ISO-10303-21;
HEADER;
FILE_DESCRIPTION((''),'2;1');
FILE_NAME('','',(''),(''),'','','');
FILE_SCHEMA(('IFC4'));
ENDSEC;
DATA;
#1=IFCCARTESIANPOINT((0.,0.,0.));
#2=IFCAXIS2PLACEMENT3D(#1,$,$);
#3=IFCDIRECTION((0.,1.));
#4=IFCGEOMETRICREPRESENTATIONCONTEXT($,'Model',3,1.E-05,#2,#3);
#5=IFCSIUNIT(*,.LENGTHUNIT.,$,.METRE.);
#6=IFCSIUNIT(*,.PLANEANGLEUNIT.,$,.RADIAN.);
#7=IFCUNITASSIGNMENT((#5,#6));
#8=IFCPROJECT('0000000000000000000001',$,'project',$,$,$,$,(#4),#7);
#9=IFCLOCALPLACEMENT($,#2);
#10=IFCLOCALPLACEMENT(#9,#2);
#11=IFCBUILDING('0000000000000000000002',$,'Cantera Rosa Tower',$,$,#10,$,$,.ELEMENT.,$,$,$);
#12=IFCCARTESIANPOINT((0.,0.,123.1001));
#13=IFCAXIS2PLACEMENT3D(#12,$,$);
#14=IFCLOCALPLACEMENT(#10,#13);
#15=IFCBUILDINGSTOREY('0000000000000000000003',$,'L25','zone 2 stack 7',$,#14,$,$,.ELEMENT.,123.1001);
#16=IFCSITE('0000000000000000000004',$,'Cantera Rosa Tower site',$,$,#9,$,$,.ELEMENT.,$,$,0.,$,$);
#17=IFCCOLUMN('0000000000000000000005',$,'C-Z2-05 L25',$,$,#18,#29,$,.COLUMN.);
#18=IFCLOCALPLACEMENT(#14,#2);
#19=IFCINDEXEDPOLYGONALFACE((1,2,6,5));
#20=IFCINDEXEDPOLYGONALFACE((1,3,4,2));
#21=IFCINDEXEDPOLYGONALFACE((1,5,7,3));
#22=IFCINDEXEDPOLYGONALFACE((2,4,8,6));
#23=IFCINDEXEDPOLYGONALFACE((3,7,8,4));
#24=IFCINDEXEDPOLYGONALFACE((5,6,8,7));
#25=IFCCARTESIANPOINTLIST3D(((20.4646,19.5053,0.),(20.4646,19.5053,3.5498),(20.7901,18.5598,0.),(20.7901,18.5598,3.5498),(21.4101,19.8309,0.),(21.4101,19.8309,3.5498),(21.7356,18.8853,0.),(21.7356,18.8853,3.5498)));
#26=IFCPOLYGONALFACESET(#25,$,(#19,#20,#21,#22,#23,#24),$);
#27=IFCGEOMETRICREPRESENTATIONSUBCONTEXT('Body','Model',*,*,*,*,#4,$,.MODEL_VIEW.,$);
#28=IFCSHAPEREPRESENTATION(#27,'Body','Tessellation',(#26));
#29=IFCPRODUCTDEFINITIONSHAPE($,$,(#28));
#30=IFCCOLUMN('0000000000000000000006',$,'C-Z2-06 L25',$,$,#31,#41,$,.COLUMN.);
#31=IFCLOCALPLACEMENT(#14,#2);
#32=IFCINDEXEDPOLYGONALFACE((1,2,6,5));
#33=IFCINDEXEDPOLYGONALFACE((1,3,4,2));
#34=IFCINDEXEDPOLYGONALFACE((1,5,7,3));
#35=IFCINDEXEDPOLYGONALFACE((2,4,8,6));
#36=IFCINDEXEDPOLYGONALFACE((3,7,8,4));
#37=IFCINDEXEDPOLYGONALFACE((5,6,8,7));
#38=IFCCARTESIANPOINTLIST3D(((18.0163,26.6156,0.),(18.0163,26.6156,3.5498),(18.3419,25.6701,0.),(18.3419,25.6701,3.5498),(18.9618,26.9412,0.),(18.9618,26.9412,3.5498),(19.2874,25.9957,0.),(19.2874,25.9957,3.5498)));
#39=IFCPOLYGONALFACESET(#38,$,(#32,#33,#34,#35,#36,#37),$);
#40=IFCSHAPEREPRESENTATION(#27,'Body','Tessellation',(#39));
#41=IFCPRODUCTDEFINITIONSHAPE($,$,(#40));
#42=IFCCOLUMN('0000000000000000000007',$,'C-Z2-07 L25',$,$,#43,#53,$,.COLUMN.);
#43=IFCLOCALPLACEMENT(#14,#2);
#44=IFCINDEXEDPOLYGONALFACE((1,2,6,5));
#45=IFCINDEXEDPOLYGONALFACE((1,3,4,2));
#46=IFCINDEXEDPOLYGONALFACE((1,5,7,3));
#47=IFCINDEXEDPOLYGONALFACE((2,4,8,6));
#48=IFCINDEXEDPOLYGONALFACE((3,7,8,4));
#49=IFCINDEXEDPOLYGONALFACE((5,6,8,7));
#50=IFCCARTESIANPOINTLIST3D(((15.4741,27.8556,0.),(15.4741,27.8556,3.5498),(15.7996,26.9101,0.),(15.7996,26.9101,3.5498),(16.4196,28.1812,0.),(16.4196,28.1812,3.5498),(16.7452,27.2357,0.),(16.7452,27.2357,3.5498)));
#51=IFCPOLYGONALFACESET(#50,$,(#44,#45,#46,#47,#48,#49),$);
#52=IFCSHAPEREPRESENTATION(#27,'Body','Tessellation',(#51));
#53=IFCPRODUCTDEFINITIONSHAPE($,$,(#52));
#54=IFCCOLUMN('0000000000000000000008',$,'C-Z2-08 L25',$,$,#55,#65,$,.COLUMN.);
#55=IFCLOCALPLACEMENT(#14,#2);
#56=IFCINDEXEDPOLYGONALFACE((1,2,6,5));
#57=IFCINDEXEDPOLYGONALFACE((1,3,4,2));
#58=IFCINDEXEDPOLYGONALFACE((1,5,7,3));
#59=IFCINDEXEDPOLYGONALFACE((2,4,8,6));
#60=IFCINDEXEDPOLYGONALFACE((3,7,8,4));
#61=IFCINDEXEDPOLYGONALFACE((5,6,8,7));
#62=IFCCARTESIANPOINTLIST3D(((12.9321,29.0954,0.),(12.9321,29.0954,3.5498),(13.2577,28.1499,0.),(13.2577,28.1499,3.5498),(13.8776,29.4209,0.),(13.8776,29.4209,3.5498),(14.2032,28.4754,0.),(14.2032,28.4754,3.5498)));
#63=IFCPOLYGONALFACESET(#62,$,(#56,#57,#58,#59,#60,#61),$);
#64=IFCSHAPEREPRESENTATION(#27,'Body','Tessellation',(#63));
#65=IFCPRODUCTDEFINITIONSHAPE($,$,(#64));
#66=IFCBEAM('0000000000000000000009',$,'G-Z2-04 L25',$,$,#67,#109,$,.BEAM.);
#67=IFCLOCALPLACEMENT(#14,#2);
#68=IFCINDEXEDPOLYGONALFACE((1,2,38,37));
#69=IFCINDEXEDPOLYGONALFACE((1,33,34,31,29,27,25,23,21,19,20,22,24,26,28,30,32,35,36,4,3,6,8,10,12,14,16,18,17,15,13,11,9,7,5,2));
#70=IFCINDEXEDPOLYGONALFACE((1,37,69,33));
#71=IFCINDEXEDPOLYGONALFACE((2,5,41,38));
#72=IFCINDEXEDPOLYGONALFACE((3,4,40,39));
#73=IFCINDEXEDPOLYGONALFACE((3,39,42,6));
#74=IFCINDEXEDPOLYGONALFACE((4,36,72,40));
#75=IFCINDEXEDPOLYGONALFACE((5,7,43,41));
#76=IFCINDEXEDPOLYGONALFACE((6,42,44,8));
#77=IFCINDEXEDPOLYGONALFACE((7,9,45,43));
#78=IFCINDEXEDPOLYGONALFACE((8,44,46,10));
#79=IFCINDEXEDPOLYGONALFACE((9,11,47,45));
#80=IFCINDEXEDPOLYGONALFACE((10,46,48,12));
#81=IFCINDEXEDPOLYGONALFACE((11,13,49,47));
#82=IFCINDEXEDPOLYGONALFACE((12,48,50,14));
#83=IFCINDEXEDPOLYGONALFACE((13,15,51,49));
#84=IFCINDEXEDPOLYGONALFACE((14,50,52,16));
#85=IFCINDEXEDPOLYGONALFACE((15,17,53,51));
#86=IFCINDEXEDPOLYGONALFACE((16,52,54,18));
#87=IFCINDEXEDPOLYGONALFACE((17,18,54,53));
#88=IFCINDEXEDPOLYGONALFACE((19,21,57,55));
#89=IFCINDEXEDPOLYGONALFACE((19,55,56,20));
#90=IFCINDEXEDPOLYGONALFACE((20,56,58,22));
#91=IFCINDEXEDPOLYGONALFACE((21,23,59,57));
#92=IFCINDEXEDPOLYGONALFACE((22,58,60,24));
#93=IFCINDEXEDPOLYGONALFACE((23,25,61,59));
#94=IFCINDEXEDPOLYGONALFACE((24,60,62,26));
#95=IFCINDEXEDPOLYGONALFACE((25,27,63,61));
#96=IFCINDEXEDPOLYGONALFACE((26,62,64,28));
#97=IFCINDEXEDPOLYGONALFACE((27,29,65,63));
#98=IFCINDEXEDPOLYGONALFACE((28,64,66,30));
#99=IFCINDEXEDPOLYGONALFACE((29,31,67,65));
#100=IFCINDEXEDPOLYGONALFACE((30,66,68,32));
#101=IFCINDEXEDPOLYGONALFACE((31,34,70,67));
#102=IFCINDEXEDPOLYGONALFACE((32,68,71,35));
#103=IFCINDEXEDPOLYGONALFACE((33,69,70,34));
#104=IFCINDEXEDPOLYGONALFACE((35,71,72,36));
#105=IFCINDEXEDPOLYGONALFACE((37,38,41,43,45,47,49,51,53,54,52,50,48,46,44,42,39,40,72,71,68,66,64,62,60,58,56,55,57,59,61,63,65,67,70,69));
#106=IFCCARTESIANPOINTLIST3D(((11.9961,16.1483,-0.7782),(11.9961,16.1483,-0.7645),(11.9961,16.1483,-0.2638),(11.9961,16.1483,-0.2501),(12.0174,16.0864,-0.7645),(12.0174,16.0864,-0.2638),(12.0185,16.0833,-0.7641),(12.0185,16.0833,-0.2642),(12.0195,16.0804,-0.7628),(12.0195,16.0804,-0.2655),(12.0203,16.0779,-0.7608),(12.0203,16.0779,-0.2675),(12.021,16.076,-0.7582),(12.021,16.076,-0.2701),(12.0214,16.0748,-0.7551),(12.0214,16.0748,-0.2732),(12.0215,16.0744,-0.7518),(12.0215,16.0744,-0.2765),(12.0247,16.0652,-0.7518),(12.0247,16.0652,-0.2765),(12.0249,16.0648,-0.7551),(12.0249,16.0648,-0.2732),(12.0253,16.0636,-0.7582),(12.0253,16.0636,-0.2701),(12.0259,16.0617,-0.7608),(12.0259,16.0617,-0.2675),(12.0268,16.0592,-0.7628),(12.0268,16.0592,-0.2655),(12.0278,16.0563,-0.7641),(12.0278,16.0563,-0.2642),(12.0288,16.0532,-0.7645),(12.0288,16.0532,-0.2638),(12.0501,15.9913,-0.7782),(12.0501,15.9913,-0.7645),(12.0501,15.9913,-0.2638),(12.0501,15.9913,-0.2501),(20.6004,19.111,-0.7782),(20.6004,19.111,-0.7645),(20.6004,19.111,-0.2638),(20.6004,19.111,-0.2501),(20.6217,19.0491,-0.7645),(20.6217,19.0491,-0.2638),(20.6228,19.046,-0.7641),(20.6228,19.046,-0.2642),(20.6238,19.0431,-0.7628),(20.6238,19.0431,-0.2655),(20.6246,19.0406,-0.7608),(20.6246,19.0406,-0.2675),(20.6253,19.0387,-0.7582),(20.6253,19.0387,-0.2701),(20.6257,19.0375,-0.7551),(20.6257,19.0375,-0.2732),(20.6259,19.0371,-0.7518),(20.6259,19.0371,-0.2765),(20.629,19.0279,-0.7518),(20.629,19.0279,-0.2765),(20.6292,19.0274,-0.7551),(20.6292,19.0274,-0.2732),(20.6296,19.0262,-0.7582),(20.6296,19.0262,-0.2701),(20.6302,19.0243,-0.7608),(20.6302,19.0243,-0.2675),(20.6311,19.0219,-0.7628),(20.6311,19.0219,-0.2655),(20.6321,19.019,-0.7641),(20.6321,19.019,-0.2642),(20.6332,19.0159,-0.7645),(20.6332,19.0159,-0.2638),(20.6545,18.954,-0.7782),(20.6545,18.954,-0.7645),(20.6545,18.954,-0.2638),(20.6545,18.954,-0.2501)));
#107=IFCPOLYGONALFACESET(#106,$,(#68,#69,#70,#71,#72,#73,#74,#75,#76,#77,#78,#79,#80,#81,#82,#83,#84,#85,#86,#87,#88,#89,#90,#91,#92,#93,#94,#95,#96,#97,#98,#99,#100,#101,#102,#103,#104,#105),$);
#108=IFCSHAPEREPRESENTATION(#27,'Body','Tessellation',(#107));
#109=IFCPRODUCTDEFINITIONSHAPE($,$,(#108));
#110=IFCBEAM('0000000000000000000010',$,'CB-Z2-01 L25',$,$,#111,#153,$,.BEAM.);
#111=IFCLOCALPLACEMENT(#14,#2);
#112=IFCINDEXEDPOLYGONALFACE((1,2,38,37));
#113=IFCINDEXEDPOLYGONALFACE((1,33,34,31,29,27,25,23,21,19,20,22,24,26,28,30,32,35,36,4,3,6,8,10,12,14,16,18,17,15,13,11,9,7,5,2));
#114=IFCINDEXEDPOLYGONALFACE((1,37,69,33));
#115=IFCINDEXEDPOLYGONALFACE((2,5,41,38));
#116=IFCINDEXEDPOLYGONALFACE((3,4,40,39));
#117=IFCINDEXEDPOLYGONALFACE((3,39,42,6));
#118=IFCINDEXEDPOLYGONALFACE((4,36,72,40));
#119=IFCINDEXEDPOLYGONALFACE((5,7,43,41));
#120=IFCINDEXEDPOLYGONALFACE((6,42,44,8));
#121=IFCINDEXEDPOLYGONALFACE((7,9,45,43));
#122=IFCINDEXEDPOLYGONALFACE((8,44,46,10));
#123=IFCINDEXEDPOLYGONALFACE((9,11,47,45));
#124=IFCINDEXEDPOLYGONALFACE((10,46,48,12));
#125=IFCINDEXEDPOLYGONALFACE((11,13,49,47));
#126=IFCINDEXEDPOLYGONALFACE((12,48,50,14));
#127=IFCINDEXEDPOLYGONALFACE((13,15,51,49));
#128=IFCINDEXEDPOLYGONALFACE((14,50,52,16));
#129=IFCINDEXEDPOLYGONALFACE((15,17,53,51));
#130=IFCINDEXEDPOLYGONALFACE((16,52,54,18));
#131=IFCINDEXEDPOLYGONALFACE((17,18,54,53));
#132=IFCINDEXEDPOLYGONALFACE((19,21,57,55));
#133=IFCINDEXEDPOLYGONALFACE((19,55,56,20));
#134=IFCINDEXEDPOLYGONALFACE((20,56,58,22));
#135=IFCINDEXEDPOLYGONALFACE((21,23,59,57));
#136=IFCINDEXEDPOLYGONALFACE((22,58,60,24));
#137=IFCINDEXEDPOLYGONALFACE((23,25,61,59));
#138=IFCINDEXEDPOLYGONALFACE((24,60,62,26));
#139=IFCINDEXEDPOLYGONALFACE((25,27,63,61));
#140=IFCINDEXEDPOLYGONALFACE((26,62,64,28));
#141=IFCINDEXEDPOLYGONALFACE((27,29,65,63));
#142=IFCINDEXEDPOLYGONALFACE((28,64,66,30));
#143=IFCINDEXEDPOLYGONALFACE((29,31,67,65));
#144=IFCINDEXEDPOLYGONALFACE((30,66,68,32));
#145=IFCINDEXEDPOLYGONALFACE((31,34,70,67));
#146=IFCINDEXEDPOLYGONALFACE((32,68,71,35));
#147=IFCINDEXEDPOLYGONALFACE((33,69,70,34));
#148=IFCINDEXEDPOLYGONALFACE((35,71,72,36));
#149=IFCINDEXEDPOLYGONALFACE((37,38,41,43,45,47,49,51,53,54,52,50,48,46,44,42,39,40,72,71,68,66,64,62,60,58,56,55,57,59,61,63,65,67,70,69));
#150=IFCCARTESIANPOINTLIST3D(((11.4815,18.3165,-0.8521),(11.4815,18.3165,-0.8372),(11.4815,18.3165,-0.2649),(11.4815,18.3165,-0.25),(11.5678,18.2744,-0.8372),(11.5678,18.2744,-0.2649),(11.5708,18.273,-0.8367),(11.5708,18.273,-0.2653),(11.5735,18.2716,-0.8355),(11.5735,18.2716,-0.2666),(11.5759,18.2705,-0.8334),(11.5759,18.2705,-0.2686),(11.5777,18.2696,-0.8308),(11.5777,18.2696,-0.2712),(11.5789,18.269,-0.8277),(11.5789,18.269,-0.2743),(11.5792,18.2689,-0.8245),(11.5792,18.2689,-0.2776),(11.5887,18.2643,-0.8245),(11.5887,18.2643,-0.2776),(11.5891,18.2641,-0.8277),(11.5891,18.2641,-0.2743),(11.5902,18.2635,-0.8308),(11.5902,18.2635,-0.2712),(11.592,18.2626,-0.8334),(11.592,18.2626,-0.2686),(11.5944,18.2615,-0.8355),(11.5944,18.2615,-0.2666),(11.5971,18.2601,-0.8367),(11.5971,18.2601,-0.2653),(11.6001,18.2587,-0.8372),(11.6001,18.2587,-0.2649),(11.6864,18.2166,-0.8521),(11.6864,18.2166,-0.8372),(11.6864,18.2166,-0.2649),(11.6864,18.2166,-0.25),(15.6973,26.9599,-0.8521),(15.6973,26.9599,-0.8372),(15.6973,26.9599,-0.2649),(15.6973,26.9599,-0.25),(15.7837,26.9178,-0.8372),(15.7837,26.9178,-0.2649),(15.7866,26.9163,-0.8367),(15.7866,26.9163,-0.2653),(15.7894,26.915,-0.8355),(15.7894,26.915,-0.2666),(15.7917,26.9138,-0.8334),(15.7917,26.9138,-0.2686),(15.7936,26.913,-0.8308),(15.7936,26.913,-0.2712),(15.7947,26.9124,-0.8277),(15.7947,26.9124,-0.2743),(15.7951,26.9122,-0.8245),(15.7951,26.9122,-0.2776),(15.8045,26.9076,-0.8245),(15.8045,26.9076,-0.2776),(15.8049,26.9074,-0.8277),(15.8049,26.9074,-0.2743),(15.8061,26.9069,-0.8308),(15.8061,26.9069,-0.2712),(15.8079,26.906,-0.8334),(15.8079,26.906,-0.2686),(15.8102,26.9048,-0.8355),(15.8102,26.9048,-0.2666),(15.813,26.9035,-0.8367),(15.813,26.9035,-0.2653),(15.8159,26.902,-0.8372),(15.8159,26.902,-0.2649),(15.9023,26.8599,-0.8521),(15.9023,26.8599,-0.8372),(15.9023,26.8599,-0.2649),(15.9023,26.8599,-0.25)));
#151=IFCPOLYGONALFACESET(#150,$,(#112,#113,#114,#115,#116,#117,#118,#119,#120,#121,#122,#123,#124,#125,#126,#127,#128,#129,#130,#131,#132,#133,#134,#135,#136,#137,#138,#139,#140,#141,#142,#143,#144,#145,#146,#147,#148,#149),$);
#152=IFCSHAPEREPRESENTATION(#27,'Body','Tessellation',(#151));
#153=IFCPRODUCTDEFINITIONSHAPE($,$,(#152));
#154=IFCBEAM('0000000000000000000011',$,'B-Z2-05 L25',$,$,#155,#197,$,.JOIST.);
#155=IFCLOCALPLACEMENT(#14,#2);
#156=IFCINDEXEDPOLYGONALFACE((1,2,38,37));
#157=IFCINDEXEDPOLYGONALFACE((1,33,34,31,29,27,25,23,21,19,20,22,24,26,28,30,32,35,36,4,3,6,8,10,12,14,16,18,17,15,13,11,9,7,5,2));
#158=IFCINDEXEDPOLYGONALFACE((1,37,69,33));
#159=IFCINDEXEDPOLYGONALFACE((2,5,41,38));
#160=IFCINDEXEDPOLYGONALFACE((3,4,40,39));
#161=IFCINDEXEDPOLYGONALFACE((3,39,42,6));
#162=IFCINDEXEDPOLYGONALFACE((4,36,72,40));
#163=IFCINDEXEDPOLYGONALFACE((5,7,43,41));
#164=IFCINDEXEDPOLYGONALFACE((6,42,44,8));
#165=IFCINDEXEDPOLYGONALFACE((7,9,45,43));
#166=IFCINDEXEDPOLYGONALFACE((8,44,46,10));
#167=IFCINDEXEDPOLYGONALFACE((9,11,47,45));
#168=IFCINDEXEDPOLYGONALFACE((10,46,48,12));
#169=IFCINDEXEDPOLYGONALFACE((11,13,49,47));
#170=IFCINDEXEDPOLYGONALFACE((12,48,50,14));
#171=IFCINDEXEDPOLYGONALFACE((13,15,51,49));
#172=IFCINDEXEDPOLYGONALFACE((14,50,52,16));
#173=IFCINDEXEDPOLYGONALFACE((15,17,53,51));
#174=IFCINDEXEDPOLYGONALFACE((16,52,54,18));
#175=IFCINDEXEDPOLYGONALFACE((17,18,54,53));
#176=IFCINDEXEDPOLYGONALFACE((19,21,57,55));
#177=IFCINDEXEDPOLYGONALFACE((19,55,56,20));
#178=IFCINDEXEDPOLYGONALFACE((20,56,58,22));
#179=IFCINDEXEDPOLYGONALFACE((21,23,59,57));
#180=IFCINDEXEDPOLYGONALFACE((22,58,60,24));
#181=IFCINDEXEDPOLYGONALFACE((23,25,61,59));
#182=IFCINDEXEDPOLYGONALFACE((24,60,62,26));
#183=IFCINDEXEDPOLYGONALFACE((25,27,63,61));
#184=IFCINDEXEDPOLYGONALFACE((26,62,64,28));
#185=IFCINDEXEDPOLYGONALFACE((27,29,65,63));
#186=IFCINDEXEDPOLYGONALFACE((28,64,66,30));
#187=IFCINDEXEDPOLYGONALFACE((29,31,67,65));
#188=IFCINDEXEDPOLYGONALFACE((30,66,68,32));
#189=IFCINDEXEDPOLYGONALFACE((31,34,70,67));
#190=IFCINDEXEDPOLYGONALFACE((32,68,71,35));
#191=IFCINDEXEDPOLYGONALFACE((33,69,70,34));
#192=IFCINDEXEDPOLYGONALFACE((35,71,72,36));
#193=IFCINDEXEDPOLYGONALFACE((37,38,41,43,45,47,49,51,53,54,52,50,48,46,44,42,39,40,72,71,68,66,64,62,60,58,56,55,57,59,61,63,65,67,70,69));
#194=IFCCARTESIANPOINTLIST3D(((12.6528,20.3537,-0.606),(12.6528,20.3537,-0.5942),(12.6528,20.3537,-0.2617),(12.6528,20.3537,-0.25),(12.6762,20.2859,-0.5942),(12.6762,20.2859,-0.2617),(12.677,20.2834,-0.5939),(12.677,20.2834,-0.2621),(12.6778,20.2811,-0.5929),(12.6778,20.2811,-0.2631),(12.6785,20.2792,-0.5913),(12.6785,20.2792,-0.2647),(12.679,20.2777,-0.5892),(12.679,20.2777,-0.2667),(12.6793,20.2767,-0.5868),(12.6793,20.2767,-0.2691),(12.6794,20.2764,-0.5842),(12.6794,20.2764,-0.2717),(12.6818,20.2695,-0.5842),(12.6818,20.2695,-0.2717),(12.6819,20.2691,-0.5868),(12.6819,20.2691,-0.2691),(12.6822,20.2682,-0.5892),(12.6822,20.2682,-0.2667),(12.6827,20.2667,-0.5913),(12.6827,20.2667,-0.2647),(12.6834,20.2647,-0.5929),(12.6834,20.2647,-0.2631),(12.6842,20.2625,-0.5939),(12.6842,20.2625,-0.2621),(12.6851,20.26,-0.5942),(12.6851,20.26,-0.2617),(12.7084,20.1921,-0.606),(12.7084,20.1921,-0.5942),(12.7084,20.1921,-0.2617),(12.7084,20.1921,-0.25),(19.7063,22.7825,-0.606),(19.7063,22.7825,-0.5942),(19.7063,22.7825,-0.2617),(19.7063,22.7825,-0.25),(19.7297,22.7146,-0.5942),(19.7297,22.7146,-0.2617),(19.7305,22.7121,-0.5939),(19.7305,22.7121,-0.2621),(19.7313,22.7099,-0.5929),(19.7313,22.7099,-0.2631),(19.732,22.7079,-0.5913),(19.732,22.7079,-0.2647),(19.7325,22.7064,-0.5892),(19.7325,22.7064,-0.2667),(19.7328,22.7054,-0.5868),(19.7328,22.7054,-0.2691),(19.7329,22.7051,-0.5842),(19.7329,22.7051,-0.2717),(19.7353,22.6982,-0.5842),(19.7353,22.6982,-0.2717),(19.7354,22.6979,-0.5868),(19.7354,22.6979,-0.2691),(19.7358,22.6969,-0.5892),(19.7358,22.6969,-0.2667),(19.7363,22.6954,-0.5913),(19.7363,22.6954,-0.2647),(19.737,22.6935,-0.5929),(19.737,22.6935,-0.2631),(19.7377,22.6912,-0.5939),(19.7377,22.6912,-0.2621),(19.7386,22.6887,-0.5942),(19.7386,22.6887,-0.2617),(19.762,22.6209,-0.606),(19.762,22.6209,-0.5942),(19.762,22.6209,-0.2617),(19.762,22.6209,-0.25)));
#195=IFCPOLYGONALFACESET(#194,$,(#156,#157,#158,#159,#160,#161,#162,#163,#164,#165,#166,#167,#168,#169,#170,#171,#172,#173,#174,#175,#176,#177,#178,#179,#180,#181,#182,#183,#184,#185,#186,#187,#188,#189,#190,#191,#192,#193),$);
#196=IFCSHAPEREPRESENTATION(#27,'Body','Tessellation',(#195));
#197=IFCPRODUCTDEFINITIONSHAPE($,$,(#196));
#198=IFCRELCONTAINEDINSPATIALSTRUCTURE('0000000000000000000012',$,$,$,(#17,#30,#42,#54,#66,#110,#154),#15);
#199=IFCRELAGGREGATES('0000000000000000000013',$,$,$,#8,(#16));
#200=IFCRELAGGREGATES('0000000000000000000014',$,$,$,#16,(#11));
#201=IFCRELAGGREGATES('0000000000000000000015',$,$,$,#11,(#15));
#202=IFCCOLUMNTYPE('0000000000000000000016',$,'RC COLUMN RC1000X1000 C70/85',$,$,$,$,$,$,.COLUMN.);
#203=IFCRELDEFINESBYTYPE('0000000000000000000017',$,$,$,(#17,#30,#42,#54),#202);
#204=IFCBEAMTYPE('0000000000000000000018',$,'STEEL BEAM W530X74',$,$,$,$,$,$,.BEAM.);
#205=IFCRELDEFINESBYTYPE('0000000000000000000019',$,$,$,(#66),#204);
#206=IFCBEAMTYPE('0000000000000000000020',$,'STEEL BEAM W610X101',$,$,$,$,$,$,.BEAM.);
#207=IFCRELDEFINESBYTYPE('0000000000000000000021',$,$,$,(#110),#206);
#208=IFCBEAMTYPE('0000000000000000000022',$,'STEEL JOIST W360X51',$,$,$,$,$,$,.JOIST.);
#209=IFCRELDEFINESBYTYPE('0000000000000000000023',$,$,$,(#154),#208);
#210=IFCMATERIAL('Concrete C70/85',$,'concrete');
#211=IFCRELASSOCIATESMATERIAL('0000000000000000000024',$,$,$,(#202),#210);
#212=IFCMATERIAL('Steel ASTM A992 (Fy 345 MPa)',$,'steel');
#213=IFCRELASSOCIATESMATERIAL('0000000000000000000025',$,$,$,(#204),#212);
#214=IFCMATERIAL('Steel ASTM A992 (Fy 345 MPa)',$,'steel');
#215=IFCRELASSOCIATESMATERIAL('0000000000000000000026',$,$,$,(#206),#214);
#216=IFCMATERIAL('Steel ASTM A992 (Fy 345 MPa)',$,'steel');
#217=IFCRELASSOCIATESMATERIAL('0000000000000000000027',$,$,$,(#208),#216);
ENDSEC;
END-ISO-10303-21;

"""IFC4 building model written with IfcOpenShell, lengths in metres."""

from ifc_helpers import new_model, si_unit, direction, frame, origin, origin_2d, place, context, subcontext, project, spatial, rectangle, i_section, extrude, material, material_profile, profile_set, type_object, element, save


model = new_model("IFC4")

# Units and contexts
model_context = context("Model", 3, precision=1e-05, world=origin(), true_north=direction((0.0, 1.0)))
body_context = subcontext(model_context, "Body", "Model", "MODEL_VIEW")
ifc_project = project(units=[si_unit("LENGTHUNIT", "METRE"), si_unit("PLANEANGLEUNIT", "RADIAN")], contexts=[model_context])

# Site, building, storey
site_placement = place(None, origin())
site = spatial("IfcSite", under=ifc_project, at=site_placement, Name="Cantera Rosa Tower site", CompositionType="ELEMENT", RefElevation=0.0)
building_placement = place(site_placement, origin())
building = spatial("IfcBuilding", under=site, at=building_placement, Name="Cantera Rosa Tower", CompositionType="ELEMENT")
storey_placement = place(building_placement, frame((0.0, 0.0, 123.1001)))
storey = spatial("IfcBuildingStorey", under=building, at=storey_placement, Name="L25", Description="zone 2 stack 7", CompositionType="ELEMENT", Elevation=123.1001)

# Columns
ifc_material_1 = material(Name="Concrete C70/85", Category="concrete")
ifc_material_profile_1 = material_profile(ifc_material_1, rectangle(XDim=1.0, YDim=1.0, at=origin_2d()), Name="RC COLUMN RC1000X1000 C70/85")
ifc_profile_set_1 = profile_set([ifc_material_profile_1], Name="Concrete C70/85")
column_type = type_object("IfcColumnType", Name="RC COLUMN RC1000X1000 C70/85", PredefinedType="COLUMN", material=ifc_profile_set_1)
for number, where, z_axis, x_axis, name in (
    (1, (21.1001, 19.1953, 0.0), (0.0, 0.0, 1.0), (0.945519, 0.325568, 0.0), "C-Z2-05 L25"),
    (2, (18.6519, 26.3057, 0.0), (0.0, 0.0, 1.0), (0.945519, 0.325568, 0.0), "C-Z2-06 L25"),
    (3, (16.1096, 27.5457, 0.0), (0.0, 0.0, 1.0), (0.945519, 0.325568, 0.0), "C-Z2-07 L25"),
    (4, (13.5676, 28.7854, 0.0), (0.0, 0.0, 1.0), (0.945519, 0.325568, 0.0), "C-Z2-08 L25"),
):
    element("IfcColumn", number, at=place(storey_placement, frame(where, z_axis=z_axis, x_axis=x_axis)), inside=storey, type_object=column_type, Name=name, PredefinedType="COLUMN", context=body_context, shape_type="SweptSolid", body=[
        extrude(rectangle(XDim=1.0, YDim=1.0, at=origin_2d()), origin(), (0.0, 0.0, 1.0), 3.5498),
    ])

# Beams
ifc_material_2 = material(Name="Steel ASTM A992 (Fy 345 MPa)", Category="steel")
ifc_material_profile_2 = material_profile(ifc_material_2, i_section(OverallWidth=0.166, OverallDepth=0.5281, WebThickness=0.0098, FlangeThickness=0.0137, FilletRadius=0.0127, at=origin_2d()), Name="W530X74")
ifc_profile_set_2 = profile_set([ifc_material_profile_2], Name="Steel ASTM A992 (Fy 345 MPa)")
beam_type_1 = type_object("IfcBeamType", Name="STEEL BEAM W530X74", PredefinedType="BEAM", material=ifc_profile_set_2)
beam_1_placement = place(storey_placement, frame((20.6274, 19.0325, -0.5142), z_axis=(-0.94552, -0.325565, 0.0), x_axis=(0.325565, -0.94552, 0.0)))
element("IfcBeam", 5, at=beam_1_placement, inside=storey, type_object=beam_type_1, Name="G-Z2-04 L25", PredefinedType="BEAM", context=body_context, shape_type="SweptSolid", body=[
    extrude(i_section(OverallWidth=0.166, OverallDepth=0.5281, WebThickness=0.0098, FlangeThickness=0.0137, FilletRadius=0.0127, at=origin_2d()), origin(), (0.0, 0.0, 1.0), 9.1001),
])
ifc_material_3 = material(Name="Steel ASTM A992 (Fy 345 MPa)", Category="steel")
ifc_material_profile_3 = material_profile(ifc_material_3, i_section(OverallWidth=0.228, OverallDepth=0.6021, WebThickness=0.0105, FlangeThickness=0.0149, FilletRadius=0.0127, at=origin_2d()), Name="W610X101")
ifc_profile_set_3 = profile_set([ifc_material_profile_3], Name="Steel ASTM A992 (Fy 345 MPa)")
beam_type_2 = type_object("IfcBeamType", Name="STEEL BEAM W610X101", PredefinedType="BEAM", material=ifc_profile_set_3)
beam_2_placement = place(storey_placement, frame((15.7998, 26.9099, -0.551), z_axis=(-0.438388, -0.898786, 0.0), x_axis=(0.898786, -0.438388, 0.0)))
element("IfcBeam", 6, at=beam_2_placement, inside=storey, type_object=beam_type_2, Name="CB-Z2-01 L25", PredefinedType="BEAM", context=body_context, shape_type="SweptSolid", body=[
    extrude(i_section(OverallWidth=0.228, OverallDepth=0.6021, WebThickness=0.0105, FlangeThickness=0.0149, FilletRadius=0.0127, at=origin_2d()), origin(), (0.0, 0.0, 1.0), 9.6167),
])
ifc_material_4 = material(Name="Steel ASTM A992 (Fy 345 MPa)", Category="steel")
ifc_material_profile_4 = material_profile(ifc_material_4, i_section(OverallWidth=0.1709, OverallDepth=0.356, WebThickness=0.0073, FlangeThickness=0.0117, FilletRadius=0.01, at=origin_2d()), Name="W360X51")
ifc_profile_set_4 = profile_set([ifc_material_profile_4], Name="Steel ASTM A992 (Fy 345 MPa)")
beam_type_3 = type_object("IfcBeamType", Name="STEEL JOIST W360X51", PredefinedType="JOIST", material=ifc_profile_set_4)
beam_3_placement = place(storey_placement, frame((19.7341, 22.7017, -0.428), z_axis=(-0.945518, -0.325569, 0.0), x_axis=(0.325569, -0.945518, 0.0)))
element("IfcBeam", 7, at=beam_3_placement, inside=storey, type_object=beam_type_3, Name="B-Z2-05 L25", PredefinedType="JOIST", context=body_context, shape_type="SweptSolid", body=[
    extrude(i_section(OverallWidth=0.1709, OverallDepth=0.356, WebThickness=0.0073, FlangeThickness=0.0117, FilletRadius=0.01, at=origin_2d()), origin(), (0.0, 0.0, 1.0), 7.46),
])

save(model, "model.ifc")
